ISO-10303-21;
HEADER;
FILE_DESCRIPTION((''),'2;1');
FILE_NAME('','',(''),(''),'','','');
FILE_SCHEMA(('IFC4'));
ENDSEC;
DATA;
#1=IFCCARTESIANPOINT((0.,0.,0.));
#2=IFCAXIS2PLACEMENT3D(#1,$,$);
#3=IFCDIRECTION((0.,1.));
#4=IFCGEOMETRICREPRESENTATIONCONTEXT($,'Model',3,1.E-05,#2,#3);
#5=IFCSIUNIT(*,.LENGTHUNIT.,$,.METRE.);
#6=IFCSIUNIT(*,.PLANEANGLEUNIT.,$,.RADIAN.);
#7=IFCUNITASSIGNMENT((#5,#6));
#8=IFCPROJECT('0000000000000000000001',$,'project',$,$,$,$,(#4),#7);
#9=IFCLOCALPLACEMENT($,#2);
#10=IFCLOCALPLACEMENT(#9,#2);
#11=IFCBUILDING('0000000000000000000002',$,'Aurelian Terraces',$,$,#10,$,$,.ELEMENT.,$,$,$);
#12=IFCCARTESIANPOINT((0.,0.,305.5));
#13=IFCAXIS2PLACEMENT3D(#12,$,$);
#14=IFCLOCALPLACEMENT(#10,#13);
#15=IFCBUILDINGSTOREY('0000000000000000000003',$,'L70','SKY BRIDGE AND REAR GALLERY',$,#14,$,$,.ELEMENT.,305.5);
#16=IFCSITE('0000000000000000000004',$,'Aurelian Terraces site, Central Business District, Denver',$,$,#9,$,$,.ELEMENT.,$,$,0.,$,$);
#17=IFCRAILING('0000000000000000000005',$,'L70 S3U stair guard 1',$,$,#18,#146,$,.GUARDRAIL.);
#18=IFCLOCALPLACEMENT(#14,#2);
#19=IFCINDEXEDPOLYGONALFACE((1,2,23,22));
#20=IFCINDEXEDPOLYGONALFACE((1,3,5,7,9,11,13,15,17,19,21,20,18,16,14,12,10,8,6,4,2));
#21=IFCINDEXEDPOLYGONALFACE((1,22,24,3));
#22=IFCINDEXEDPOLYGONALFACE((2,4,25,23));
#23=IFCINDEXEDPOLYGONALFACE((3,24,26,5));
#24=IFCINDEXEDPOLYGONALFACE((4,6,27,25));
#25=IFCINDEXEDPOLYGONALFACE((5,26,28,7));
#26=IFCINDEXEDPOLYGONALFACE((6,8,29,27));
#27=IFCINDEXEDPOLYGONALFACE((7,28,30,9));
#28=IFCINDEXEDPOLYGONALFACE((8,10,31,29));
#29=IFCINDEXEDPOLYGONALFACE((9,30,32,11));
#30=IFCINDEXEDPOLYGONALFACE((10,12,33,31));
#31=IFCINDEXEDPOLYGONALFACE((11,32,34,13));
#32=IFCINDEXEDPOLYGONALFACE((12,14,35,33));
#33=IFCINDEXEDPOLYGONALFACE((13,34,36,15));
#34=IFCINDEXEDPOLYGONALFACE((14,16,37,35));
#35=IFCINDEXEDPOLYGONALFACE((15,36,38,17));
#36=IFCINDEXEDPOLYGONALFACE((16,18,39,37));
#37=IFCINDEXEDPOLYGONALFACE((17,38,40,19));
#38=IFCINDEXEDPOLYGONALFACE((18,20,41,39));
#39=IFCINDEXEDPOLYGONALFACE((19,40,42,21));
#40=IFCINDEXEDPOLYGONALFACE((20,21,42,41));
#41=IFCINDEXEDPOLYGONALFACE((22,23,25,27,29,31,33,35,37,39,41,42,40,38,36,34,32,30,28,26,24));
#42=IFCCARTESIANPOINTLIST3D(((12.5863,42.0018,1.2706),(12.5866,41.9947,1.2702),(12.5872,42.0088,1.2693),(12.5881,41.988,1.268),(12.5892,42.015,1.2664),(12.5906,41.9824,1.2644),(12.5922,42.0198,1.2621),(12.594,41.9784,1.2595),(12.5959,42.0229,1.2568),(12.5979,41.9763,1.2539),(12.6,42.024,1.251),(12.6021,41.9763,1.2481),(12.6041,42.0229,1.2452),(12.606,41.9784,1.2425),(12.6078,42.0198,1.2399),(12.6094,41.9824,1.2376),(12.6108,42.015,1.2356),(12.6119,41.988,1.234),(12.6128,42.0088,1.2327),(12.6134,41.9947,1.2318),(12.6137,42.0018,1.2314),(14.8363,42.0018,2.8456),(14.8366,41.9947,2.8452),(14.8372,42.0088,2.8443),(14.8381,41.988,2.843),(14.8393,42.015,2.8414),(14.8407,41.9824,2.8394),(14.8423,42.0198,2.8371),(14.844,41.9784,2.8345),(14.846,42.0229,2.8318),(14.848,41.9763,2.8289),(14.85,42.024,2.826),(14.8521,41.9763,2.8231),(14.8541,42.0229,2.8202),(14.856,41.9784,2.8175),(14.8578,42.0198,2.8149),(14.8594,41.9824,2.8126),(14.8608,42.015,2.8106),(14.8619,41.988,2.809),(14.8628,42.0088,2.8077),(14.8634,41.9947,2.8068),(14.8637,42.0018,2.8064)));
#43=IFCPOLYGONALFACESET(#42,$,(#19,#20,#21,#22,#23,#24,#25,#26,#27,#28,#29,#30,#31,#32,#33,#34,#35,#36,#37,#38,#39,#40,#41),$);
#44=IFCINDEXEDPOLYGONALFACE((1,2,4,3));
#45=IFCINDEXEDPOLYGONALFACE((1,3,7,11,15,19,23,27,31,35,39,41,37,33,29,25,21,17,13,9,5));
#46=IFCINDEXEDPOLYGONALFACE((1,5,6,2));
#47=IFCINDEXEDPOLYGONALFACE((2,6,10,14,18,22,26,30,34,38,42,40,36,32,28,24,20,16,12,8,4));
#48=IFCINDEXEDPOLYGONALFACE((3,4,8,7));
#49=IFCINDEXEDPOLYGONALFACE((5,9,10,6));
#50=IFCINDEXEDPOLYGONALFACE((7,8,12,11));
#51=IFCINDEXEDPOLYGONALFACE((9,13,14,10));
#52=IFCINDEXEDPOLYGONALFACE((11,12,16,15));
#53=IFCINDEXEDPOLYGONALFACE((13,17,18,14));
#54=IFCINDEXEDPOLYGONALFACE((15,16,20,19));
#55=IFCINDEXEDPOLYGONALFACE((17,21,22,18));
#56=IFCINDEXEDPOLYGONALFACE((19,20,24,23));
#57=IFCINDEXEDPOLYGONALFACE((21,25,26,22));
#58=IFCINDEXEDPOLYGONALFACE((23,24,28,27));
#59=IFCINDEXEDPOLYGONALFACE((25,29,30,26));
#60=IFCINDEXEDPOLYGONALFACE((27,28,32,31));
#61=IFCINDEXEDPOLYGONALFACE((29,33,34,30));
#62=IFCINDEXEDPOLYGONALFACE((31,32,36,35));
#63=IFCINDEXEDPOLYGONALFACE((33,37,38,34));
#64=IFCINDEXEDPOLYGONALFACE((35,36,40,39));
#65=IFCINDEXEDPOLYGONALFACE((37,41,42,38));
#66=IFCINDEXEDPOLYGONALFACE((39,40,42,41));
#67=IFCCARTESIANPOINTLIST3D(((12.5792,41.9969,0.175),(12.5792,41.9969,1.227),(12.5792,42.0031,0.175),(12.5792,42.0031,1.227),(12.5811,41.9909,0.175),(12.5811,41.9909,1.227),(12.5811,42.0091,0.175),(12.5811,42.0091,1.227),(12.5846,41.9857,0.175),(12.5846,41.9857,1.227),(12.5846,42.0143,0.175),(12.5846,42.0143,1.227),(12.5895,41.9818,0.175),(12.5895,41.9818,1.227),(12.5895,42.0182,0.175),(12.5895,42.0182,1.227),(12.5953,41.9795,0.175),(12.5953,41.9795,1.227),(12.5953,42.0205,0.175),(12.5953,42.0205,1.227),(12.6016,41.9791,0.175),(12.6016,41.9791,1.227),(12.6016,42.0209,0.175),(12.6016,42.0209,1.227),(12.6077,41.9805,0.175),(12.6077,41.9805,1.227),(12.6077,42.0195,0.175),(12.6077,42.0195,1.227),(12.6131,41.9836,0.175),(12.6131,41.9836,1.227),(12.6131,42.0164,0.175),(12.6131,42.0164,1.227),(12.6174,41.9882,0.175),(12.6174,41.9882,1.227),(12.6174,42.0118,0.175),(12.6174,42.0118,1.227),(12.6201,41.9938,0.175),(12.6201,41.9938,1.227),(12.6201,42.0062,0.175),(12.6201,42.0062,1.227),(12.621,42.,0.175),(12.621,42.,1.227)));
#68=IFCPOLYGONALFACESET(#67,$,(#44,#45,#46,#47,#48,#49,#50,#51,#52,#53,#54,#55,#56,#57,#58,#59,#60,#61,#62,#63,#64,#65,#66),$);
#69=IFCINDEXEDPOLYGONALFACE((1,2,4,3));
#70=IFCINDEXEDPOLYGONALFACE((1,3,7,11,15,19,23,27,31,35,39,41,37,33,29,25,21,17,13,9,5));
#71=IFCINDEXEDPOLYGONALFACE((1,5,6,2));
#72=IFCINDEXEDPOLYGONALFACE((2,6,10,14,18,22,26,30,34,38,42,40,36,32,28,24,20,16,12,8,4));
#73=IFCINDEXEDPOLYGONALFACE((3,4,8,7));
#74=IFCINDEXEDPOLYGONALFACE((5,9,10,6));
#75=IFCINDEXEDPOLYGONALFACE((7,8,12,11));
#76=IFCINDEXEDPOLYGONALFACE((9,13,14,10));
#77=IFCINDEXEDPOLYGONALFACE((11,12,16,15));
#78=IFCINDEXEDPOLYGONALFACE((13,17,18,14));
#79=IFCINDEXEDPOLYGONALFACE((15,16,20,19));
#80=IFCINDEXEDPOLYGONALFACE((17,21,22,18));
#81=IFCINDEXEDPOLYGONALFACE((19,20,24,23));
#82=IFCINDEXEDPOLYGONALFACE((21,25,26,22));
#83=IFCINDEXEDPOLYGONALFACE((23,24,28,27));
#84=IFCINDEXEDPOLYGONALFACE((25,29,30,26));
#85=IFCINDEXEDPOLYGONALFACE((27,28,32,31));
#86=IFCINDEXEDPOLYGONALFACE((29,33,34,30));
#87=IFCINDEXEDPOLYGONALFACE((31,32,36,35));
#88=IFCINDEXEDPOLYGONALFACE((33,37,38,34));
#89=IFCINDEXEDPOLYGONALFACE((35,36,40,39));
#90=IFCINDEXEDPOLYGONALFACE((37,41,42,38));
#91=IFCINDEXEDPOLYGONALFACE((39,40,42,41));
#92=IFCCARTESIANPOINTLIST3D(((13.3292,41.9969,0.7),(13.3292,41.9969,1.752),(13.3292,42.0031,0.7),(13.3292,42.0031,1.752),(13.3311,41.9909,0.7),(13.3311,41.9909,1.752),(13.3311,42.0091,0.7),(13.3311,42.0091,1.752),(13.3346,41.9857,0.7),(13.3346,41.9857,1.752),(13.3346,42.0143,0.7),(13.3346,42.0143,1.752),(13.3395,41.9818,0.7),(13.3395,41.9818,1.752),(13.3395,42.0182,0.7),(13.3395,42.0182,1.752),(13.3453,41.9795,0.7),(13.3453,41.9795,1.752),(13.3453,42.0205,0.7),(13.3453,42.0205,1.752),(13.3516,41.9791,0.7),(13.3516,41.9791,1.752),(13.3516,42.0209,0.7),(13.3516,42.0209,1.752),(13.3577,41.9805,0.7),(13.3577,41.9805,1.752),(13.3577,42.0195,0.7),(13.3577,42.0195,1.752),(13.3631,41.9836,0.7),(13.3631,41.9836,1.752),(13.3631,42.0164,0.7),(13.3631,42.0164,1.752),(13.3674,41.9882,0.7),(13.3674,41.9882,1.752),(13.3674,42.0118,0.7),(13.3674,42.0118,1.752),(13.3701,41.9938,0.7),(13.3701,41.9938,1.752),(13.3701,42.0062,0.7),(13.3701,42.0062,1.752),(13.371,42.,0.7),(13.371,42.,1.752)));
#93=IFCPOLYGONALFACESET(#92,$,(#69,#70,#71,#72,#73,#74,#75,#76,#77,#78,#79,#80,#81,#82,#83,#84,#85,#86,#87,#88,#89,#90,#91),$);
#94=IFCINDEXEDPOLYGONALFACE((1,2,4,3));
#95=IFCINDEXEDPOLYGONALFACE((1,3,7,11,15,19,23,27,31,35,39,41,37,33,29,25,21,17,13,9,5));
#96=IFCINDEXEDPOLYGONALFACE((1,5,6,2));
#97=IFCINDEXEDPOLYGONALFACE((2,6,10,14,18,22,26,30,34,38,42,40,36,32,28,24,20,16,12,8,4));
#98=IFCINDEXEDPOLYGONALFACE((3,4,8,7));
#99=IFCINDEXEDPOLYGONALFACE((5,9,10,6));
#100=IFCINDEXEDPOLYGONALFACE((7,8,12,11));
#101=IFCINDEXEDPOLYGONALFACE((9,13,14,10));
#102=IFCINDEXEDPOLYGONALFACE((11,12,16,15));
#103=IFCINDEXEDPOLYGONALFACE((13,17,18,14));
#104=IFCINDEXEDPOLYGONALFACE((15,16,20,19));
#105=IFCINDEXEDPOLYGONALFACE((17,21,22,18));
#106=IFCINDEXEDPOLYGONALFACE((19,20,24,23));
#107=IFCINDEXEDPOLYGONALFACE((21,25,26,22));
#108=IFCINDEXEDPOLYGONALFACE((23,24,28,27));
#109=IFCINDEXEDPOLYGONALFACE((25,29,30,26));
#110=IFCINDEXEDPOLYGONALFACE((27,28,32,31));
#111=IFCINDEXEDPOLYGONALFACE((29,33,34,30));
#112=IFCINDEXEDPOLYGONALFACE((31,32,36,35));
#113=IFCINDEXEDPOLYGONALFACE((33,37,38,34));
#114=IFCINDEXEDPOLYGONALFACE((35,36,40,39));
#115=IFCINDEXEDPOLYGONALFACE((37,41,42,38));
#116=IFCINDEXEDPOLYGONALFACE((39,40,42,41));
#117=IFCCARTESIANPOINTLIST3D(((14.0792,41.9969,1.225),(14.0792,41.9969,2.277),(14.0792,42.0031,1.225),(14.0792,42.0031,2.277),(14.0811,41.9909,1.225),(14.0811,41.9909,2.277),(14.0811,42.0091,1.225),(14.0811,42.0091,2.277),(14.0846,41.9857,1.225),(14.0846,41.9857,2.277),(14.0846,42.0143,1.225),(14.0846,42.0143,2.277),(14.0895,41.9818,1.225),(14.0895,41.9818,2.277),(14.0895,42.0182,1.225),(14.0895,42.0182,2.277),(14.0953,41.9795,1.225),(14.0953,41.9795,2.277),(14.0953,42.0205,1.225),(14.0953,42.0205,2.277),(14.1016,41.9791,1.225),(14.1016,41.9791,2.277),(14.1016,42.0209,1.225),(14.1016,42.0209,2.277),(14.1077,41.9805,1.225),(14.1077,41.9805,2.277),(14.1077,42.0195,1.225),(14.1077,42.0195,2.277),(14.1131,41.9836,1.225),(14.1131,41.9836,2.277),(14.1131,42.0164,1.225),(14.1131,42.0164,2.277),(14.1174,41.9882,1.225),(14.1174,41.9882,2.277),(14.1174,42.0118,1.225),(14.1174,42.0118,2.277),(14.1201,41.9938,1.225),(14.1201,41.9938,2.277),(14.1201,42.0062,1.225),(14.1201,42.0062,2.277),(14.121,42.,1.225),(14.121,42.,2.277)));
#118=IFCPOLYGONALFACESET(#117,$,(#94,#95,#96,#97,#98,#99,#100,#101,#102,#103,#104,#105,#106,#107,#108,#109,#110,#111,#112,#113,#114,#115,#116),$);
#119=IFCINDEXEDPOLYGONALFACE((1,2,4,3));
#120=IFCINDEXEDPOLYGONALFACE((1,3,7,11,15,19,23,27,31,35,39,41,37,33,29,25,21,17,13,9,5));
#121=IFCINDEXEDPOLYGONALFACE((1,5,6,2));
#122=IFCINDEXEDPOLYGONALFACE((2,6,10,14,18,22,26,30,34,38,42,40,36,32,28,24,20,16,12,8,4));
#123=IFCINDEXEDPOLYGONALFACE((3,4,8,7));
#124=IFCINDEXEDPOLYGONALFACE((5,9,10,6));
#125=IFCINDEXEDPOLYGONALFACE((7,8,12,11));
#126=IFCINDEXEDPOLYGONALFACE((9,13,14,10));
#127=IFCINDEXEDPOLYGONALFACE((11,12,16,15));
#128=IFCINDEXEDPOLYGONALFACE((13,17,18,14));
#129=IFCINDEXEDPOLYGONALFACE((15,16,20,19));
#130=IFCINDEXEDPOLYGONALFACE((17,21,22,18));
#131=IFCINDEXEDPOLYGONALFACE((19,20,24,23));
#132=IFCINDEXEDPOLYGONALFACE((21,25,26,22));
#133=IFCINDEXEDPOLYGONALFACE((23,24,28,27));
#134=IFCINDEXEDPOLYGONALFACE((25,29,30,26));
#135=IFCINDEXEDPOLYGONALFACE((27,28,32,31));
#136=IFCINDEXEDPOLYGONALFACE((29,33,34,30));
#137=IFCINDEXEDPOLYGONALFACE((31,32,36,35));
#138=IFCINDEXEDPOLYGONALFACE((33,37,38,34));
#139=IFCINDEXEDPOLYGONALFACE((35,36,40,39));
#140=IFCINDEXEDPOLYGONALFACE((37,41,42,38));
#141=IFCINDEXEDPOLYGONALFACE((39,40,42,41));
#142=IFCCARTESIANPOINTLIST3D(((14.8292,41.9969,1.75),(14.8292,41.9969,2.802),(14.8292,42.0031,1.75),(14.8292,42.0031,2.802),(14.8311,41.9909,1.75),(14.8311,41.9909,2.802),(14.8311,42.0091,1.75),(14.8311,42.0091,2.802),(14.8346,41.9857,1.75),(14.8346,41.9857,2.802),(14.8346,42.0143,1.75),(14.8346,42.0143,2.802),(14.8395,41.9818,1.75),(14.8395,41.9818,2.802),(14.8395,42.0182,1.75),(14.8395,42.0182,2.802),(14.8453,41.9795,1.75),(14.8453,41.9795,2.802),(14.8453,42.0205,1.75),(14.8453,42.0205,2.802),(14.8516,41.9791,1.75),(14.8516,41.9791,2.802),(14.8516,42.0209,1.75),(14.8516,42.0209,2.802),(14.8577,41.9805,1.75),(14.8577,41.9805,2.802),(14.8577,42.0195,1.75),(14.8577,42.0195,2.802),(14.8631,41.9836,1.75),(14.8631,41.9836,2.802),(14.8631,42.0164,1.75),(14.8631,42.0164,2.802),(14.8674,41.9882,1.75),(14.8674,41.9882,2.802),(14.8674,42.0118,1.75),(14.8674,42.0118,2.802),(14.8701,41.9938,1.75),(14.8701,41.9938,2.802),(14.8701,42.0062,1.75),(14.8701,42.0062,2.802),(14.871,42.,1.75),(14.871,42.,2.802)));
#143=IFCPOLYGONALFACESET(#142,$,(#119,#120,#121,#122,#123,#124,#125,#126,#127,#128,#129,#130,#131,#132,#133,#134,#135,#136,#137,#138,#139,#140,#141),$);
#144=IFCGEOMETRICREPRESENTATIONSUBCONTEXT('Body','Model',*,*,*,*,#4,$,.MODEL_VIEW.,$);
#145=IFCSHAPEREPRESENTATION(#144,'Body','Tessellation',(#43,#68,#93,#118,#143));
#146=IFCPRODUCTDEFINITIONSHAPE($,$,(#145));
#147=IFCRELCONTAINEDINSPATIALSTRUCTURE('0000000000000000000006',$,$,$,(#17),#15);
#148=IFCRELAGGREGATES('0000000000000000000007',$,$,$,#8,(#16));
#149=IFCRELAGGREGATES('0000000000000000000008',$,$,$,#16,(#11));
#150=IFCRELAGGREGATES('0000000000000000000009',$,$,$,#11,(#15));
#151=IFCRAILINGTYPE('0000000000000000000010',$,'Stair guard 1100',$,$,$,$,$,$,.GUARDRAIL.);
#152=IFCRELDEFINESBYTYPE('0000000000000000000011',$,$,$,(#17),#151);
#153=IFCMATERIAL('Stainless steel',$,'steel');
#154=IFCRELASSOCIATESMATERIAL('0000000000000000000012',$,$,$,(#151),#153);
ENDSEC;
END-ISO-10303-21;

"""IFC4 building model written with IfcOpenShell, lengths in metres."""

from ifc_helpers import new_model, si_unit, direction, frame, origin, origin_2d, place, context, subcontext, project, spatial, circle, extrude, source, transform, mapped, material, type_object, element, save


model = new_model("IFC4")

# Units and contexts
model_context = context("Model", 3, precision=1e-05, world=origin(), true_north=direction((0.0, 1.0)))
body_context = subcontext(model_context, "Body", "Model", "MODEL_VIEW")
ifc_project = project(units=[si_unit("LENGTHUNIT", "METRE"), si_unit("PLANEANGLEUNIT", "RADIAN")], contexts=[model_context])

# Site, building, storey
site_placement = place(None, origin())
site = spatial("IfcSite", under=ifc_project, at=site_placement, Name="Aurelian Terraces site, Central Business District, Denver", CompositionType="ELEMENT", RefElevation=0.0)
building_placement = place(site_placement, origin())
building = spatial("IfcBuilding", under=site, at=building_placement, Name="Aurelian Terraces", CompositionType="ELEMENT")
storey_placement = place(building_placement, frame((0.0, 0.0, 305.5)))
storey = spatial("IfcBuildingStorey", under=building, at=storey_placement, Name="L70", Description="SKY BRIDGE AND REAR GALLERY", CompositionType="ELEMENT", Elevation=305.5)

# Railing
ifc_material_1 = material(Name="Stainless steel", Category="steel")
railing_type_1 = type_object("IfcRailingType", Name="Stair guard 1100", PredefinedType="GUARDRAIL", material=ifc_material_1)
shared_shape_1 = source(origin(), body_context, "Body", "SweptSolid", [
    extrude(circle(Radius=0.024, at=origin_2d()), frame((0.0, 0.0, 1.076), z_axis=(0.819232, 0.0, 0.573462), x_axis=(0.0, 1.0, 0.0)), (0.0, 0.0, 1.0), 2.7465),
    extrude(circle(Radius=0.021, at=origin_2d()), origin(), (0.0, 0.0, 1.0), 1.052),
    extrude(circle(Radius=0.021, at=origin_2d()), frame((0.75, 0.0, 0.525)), (0.0, 0.0, 1.0), 1.052),
    extrude(circle(Radius=0.021, at=origin_2d()), frame((1.5, 0.0, 1.05)), (0.0, 0.0, 1.0), 1.052),
    extrude(circle(Radius=0.021, at=origin_2d()), frame((2.25, 0.0, 1.575)), (0.0, 0.0, 1.0), 1.052),
])
railing_1_placement = place(storey_placement, frame((12.6, 42.0, 0.175)))
element("IfcRailing", 1, at=railing_1_placement, inside=storey, type_object=railing_type_1, Name="L70 S3U stair guard 1", PredefinedType="GUARDRAIL", context=body_context, shape_type="MappedRepresentation", body=[
    mapped(shared_shape_1, transform((0.0, 0.0, 0.0), scale=1.0)),
])

save(model, "model.ifc")
